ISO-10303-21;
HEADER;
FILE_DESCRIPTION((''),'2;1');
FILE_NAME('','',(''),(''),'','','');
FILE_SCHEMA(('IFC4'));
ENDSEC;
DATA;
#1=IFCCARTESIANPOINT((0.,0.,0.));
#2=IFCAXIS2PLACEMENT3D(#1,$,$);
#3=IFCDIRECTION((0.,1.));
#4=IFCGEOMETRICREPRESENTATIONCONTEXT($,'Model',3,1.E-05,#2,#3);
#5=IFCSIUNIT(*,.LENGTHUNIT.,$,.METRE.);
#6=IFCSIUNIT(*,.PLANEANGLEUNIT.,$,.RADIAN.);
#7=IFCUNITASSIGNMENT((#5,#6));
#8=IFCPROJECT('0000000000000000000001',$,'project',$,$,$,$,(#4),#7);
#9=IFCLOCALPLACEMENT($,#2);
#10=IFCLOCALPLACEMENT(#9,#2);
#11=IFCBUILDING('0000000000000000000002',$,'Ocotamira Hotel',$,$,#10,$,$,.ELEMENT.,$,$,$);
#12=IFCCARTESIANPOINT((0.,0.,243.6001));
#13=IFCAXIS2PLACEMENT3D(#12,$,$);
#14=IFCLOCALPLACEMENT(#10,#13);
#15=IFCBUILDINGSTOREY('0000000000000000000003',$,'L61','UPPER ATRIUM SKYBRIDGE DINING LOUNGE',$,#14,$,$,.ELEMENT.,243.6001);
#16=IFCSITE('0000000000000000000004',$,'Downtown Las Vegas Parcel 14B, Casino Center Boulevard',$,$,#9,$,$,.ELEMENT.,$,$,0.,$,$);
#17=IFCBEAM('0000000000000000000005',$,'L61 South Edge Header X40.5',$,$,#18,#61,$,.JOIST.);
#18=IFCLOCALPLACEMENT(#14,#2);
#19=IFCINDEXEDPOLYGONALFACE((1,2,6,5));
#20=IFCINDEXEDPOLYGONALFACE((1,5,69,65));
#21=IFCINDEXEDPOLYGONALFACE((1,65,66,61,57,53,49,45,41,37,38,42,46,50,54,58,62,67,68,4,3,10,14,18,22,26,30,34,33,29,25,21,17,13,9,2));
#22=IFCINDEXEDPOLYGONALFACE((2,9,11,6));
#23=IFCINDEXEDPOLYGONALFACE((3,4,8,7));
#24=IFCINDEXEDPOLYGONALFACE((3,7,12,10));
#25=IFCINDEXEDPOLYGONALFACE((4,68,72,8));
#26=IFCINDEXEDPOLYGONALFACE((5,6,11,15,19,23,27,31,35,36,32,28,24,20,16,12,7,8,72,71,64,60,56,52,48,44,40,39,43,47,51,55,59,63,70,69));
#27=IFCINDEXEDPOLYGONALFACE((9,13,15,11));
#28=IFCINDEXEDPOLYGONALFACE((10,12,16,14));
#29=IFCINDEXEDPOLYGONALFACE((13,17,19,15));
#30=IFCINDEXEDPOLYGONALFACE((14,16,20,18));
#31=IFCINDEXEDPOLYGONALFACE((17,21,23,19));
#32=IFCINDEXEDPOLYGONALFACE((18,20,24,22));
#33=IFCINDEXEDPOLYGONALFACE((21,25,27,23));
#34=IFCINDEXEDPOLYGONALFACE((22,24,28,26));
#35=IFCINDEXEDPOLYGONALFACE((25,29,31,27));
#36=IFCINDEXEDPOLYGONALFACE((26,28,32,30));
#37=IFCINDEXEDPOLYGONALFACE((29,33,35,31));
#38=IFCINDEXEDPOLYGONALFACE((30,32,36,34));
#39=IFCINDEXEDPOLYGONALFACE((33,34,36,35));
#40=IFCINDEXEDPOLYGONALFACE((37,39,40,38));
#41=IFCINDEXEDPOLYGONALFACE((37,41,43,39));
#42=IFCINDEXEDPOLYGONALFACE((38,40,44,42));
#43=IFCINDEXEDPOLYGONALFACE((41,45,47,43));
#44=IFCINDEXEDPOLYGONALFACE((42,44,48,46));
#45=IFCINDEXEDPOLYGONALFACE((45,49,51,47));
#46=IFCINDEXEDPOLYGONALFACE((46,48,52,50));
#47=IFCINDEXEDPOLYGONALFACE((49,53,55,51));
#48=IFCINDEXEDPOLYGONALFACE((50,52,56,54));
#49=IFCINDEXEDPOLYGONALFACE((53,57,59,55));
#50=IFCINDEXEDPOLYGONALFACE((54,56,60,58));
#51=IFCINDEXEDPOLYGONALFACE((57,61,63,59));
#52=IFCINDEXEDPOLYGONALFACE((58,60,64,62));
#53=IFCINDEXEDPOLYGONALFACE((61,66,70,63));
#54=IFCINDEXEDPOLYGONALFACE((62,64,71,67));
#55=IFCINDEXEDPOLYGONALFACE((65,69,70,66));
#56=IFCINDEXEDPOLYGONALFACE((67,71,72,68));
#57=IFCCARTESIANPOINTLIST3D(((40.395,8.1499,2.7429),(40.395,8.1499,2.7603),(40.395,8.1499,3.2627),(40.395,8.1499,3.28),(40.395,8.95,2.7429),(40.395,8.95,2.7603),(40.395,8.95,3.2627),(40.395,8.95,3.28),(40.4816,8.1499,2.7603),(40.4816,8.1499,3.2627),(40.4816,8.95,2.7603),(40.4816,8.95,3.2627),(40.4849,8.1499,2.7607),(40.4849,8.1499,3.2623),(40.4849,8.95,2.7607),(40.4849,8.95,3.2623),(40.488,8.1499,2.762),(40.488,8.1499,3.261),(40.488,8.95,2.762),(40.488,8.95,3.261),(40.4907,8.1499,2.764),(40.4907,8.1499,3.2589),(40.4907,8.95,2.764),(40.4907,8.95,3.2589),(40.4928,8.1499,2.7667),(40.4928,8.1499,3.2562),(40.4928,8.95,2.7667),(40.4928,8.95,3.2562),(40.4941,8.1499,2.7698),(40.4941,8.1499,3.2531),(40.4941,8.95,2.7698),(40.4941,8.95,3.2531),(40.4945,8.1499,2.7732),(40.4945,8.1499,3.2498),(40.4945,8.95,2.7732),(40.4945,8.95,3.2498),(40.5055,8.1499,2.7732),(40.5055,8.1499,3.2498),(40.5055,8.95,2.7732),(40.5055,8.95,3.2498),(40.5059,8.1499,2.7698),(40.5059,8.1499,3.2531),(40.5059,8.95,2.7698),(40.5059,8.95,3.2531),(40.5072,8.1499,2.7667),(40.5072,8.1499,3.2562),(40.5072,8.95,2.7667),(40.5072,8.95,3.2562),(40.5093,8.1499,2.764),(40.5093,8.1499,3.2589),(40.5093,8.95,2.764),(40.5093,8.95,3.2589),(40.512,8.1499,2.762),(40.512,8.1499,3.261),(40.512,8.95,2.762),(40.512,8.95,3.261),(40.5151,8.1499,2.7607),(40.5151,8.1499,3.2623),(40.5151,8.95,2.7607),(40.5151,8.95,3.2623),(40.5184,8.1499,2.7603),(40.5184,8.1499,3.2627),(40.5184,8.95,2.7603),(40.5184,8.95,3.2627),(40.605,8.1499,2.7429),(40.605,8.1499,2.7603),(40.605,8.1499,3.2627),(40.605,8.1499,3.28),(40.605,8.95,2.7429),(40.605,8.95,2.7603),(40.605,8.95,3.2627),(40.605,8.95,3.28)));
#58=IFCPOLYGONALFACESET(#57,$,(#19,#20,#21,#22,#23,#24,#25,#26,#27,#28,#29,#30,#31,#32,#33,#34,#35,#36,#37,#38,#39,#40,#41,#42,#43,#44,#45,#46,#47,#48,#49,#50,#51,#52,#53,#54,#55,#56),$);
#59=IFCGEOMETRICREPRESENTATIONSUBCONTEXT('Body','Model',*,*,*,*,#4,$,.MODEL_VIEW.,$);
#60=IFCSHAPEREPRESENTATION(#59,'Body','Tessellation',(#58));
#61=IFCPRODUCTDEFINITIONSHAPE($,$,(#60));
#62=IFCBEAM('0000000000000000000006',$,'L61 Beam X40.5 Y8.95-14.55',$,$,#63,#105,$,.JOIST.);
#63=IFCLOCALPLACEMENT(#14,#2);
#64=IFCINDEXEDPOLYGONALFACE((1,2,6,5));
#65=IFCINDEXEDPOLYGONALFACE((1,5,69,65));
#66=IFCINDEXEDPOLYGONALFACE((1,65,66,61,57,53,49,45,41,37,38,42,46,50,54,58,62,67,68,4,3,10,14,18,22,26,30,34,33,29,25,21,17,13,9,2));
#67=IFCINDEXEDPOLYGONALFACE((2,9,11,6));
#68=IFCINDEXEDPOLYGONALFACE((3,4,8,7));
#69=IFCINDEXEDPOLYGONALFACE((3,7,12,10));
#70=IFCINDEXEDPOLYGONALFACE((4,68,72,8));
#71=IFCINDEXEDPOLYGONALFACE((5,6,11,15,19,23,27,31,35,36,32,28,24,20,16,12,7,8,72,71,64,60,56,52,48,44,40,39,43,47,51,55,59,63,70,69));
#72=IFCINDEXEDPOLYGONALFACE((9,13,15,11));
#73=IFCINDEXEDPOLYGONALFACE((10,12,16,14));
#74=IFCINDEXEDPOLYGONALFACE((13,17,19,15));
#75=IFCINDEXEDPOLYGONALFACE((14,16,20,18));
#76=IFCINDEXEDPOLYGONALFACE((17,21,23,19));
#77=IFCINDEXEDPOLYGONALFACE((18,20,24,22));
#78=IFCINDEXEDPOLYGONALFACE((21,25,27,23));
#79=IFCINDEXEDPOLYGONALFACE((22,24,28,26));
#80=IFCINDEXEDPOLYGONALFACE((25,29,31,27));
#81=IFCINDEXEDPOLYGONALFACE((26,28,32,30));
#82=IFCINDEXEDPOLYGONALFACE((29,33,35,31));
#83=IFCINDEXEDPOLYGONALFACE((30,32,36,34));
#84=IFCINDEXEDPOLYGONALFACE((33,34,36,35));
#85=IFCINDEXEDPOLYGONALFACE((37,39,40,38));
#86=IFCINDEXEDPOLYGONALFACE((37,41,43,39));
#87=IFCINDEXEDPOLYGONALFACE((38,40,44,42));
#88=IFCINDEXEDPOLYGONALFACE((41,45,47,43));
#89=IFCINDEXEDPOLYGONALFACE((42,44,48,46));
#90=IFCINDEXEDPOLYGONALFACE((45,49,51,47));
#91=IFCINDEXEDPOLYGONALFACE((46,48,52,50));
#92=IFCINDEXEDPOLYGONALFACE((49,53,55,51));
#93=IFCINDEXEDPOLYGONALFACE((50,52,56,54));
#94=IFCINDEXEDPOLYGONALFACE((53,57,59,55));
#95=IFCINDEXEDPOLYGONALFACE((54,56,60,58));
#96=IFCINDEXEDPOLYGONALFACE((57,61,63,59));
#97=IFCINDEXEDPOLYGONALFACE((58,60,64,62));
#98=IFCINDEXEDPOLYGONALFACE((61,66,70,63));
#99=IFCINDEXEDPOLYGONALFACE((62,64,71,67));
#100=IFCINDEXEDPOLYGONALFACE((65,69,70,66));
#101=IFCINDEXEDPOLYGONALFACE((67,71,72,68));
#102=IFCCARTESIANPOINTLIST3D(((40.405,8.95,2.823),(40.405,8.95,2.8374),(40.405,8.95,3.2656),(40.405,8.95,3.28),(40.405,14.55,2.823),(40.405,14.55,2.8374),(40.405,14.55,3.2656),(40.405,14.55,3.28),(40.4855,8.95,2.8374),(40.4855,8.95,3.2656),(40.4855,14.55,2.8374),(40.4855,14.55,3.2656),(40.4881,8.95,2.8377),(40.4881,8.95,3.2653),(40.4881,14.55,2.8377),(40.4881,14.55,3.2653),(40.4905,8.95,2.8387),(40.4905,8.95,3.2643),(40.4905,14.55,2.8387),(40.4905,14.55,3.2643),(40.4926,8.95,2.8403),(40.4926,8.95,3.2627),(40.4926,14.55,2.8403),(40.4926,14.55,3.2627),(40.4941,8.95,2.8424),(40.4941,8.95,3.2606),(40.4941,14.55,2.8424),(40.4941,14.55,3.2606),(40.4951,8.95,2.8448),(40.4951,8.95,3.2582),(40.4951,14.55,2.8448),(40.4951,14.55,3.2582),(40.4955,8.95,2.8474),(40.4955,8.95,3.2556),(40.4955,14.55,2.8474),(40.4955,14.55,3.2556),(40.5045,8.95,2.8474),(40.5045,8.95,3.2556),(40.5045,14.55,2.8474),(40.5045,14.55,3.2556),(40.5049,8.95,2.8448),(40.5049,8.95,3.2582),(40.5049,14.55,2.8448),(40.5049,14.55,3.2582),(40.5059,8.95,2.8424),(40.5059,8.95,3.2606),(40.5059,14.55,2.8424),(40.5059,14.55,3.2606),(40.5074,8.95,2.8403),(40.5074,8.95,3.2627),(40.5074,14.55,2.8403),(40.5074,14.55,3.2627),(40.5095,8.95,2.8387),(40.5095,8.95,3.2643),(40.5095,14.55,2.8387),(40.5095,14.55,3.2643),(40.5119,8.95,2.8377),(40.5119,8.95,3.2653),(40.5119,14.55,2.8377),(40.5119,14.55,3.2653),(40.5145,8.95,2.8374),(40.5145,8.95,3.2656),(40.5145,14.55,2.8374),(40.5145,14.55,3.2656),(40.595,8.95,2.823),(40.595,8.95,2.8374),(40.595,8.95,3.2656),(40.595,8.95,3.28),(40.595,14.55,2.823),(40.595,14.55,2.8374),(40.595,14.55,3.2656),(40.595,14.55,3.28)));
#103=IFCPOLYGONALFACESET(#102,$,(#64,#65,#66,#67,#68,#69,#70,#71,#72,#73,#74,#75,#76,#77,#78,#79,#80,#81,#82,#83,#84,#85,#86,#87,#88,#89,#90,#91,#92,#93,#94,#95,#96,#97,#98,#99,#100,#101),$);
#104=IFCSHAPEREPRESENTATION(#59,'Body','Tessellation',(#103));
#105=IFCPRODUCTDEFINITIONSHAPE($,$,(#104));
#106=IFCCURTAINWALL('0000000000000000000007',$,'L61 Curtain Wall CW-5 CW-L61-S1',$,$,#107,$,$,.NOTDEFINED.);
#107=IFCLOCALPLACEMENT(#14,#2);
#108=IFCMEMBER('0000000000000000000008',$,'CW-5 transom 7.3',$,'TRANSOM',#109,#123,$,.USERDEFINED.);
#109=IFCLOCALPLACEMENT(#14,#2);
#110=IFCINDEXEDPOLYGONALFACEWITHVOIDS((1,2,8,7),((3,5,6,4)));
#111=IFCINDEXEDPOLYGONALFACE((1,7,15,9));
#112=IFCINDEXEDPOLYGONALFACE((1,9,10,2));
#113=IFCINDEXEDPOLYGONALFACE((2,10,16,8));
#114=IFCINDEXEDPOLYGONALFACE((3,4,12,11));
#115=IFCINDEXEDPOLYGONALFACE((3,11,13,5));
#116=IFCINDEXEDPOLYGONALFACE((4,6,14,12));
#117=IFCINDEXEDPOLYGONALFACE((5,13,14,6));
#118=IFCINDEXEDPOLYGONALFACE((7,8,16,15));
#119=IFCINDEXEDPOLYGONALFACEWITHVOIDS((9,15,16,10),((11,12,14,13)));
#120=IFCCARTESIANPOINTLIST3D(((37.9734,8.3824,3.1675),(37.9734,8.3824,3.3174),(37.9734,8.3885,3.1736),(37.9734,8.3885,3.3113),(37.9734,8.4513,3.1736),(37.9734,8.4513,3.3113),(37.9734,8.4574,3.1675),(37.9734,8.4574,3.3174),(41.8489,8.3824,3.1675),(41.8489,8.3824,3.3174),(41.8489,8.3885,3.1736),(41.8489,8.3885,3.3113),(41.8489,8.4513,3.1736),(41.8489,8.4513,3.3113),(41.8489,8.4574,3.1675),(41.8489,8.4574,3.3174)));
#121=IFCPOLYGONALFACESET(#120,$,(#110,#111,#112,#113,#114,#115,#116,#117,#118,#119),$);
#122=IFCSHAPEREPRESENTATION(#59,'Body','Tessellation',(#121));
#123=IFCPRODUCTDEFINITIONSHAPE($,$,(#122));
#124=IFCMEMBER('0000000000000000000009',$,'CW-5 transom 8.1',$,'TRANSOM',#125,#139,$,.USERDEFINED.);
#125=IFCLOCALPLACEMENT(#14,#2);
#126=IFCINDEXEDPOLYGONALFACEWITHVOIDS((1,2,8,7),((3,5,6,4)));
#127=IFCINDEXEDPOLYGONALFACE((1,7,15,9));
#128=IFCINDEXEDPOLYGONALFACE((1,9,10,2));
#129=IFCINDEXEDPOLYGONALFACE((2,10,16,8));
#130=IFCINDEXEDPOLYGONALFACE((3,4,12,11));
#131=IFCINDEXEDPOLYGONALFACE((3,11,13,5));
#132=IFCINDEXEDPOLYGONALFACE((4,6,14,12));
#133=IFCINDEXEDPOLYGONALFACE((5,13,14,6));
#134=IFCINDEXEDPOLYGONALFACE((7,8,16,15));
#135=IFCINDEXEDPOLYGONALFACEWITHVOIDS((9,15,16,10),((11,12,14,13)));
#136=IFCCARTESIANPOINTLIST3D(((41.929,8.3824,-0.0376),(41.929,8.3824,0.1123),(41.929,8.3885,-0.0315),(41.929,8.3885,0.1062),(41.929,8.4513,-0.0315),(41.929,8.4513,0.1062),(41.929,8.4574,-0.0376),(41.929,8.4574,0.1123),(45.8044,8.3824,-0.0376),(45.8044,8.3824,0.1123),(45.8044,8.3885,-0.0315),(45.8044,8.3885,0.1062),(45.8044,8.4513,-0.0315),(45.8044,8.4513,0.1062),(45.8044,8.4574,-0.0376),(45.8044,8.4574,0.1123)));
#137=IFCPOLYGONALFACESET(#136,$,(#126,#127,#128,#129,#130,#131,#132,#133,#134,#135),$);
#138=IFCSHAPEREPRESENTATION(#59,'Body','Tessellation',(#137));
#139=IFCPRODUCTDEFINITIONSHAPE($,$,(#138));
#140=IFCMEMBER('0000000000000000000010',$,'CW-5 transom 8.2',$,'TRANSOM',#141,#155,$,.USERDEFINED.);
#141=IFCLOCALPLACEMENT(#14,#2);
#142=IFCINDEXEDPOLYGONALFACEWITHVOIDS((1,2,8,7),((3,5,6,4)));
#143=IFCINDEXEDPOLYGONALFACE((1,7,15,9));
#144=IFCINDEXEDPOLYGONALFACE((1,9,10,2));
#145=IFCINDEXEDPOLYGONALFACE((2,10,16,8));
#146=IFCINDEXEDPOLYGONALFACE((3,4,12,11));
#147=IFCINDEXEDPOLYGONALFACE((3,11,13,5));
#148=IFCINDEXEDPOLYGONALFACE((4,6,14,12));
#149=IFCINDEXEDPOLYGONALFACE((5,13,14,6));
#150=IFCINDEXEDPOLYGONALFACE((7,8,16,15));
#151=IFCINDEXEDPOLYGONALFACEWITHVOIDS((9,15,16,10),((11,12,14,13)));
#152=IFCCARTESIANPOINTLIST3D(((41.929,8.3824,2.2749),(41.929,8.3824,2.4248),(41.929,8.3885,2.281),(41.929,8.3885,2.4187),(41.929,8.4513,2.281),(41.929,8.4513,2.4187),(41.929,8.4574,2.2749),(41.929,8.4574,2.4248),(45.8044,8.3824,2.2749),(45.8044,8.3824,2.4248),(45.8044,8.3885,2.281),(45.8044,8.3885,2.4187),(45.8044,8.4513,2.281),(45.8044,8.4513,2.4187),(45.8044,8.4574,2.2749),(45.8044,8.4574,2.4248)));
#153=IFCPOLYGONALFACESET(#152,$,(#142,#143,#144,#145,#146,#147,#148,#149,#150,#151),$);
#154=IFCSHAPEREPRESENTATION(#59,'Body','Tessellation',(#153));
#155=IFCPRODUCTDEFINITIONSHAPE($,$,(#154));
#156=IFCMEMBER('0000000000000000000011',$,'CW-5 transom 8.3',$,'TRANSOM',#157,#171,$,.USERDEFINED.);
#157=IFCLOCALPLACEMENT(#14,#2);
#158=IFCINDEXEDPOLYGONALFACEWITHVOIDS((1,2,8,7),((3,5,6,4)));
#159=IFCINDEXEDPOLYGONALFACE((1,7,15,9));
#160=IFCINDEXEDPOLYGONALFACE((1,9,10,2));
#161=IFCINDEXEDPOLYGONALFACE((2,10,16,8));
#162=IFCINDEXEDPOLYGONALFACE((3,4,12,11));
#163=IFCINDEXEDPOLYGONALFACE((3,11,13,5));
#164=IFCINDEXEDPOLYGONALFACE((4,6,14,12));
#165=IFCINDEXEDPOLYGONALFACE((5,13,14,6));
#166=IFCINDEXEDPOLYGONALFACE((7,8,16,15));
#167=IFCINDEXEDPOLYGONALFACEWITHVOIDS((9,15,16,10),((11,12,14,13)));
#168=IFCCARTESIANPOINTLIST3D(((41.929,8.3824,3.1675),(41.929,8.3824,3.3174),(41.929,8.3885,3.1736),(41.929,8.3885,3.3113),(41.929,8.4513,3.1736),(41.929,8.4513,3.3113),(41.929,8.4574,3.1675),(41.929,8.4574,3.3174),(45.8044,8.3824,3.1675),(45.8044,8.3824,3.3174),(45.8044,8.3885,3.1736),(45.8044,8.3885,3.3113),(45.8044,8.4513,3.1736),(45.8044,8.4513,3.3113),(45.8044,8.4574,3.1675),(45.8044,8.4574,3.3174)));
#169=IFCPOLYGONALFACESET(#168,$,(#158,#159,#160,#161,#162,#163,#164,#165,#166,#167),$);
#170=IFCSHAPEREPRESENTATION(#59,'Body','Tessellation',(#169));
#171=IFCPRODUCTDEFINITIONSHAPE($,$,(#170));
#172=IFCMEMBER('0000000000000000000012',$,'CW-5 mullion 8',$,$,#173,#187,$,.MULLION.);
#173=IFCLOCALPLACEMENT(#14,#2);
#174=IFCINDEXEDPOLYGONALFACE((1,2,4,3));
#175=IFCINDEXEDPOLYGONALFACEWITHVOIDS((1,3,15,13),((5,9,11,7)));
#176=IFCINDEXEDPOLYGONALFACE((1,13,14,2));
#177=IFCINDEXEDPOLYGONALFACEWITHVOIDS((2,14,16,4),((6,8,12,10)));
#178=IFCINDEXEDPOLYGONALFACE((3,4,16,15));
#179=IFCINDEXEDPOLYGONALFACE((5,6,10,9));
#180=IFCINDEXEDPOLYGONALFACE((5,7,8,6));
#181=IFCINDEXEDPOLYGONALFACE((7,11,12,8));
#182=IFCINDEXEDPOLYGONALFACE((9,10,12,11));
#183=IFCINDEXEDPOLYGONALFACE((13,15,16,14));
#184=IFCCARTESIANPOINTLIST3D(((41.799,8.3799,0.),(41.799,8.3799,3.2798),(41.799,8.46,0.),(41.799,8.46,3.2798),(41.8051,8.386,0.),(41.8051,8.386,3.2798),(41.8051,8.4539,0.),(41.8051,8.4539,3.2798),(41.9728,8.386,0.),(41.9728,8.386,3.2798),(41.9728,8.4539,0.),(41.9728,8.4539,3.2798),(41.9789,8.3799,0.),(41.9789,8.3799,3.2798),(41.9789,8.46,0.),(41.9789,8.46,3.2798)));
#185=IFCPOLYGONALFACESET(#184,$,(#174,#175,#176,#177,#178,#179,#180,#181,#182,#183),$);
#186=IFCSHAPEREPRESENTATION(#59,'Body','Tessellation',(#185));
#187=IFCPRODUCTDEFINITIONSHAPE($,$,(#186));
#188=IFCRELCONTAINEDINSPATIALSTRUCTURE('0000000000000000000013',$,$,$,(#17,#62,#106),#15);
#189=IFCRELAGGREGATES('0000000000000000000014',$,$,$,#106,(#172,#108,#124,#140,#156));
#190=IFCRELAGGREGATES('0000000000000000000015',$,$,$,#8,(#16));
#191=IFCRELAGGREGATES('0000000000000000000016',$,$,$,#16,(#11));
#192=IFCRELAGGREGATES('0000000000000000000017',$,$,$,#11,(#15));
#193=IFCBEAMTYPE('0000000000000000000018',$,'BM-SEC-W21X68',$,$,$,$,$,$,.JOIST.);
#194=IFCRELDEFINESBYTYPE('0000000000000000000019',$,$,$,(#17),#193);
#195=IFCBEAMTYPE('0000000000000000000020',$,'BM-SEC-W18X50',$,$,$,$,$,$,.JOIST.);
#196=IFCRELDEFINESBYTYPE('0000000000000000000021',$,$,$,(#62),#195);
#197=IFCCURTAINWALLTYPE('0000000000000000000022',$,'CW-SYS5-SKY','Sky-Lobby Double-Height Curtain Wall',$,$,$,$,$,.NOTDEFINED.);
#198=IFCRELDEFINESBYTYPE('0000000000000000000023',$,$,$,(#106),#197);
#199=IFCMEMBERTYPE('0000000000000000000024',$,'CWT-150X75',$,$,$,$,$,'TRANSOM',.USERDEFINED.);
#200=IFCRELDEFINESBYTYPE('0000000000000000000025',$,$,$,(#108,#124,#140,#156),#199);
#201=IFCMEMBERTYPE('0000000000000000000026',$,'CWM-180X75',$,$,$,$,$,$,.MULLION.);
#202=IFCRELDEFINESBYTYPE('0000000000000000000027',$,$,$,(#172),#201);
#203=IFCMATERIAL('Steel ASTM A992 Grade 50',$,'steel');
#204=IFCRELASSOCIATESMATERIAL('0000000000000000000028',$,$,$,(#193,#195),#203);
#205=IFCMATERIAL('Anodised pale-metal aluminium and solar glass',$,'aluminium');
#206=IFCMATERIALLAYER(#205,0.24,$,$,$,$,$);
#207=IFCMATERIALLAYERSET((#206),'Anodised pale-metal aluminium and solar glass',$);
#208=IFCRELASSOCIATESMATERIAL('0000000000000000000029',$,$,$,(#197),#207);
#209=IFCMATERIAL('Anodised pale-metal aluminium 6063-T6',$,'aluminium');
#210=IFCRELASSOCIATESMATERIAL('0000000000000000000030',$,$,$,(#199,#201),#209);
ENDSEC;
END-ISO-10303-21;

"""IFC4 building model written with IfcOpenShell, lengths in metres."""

from ifc_helpers import new_model, si_unit, direction, frame, origin, origin_2d, place, context, subcontext, project, spatial, hollow_rectangle, i_section, extrude, source, transform, mapped, material, layer, layer_set, material_profile, profile_set, type_object, element, aggregate, save


model = new_model("IFC4")

# Units and contexts
model_context = context("Model", 3, precision=1e-05, world=origin(), true_north=direction((0.0, 1.0)))
body_context = subcontext(model_context, "Body", "Model", "MODEL_VIEW")
ifc_project = project(units=[si_unit("LENGTHUNIT", "METRE"), si_unit("PLANEANGLEUNIT", "RADIAN")], contexts=[model_context])

# Site, building, storey
site_placement = place(None, origin())
site = spatial("IfcSite", under=ifc_project, at=site_placement, Name="Downtown Las Vegas Parcel 14B, Casino Center Boulevard", CompositionType="ELEMENT", RefElevation=0.0)
building_placement = place(site_placement, origin())
building = spatial("IfcBuilding", under=site, at=building_placement, Name="Ocotamira Hotel", CompositionType="ELEMENT")
storey_placement = place(building_placement, frame((0.0, 0.0, 243.6001)))
storey = spatial("IfcBuildingStorey", under=building, at=storey_placement, Name="L61", Description="UPPER ATRIUM SKYBRIDGE DINING LOUNGE", CompositionType="ELEMENT", Elevation=243.6001)

# Shared definitions
ifc_material_1 = material(Name="Steel ASTM A992 Grade 50", Category="steel")

# Beams
ifc_material_profile_1 = material_profile(ifc_material_1, i_section(OverallWidth=0.21, OverallDepth=0.5371, WebThickness=0.011, FlangeThickness=0.0173, FilletRadius=0.0129, at=origin_2d()), Name="W21X68")
ifc_profile_set_1 = profile_set([ifc_material_profile_1], Name="Steel ASTM A992 Grade 50")
beam_type_1 = type_object("IfcBeamType", Name="BM-SEC-W21X68", PredefinedType="JOIST", material=ifc_profile_set_1)
shared_shape_1 = source(origin(), body_context, "Body", "SweptSolid", [
    extrude(i_section(OverallWidth=0.21, OverallDepth=0.5371, WebThickness=0.011, FlangeThickness=0.0173, FilletRadius=0.0129, at=origin_2d()), origin(), (0.0, 0.0, 1.0), 0.8),
])
beam_1_placement = place(storey_placement, frame((40.5, 8.95, 3.0115), z_axis=(0.0, -1.0, 0.0), x_axis=(1.0, 0.0, 0.0)))
element("IfcBeam", 1, at=beam_1_placement, inside=storey, type_object=beam_type_1, Name="L61 South Edge Header X40.5", PredefinedType="JOIST", context=body_context, shape_type="MappedRepresentation", body=[
    mapped(shared_shape_1, transform((0.0, 0.0, 0.0), scale=1.0)),
])
ifc_material_profile_2 = material_profile(ifc_material_1, i_section(OverallWidth=0.1899, OverallDepth=0.457, WebThickness=0.009, FlangeThickness=0.0144, FilletRadius=0.01, at=origin_2d()), Name="W18X50")
ifc_profile_set_2 = profile_set([ifc_material_profile_2], Name="Steel ASTM A992 Grade 50")
beam_type_2 = type_object("IfcBeamType", Name="BM-SEC-W18X50", PredefinedType="JOIST", material=ifc_profile_set_2)
shared_shape_2 = source(origin(), body_context, "Body", "SweptSolid", [
    extrude(i_section(OverallWidth=0.1899, OverallDepth=0.457, WebThickness=0.009, FlangeThickness=0.0144, FilletRadius=0.01, at=origin_2d()), origin(), (0.0, 0.0, 1.0), 5.6001),
])
beam_2_placement = place(storey_placement, frame((40.5, 8.95, 3.0515), z_axis=(0.0, 1.0, 0.0), x_axis=(-1.0, 0.0, 0.0)))
element("IfcBeam", 2, at=beam_2_placement, inside=storey, type_object=beam_type_2, Name="L61 Beam X40.5 Y8.95-14.55", PredefinedType="JOIST", context=body_context, shape_type="MappedRepresentation", body=[
    mapped(shared_shape_2, transform((0.0, 0.0, 0.0), scale=1.0)),
])

# Curtain wall, members
ifc_material_2 = material(Name="Anodised pale-metal aluminium and solar glass", Category="aluminium")
ifc_layer_1 = layer(ifc_material_2, 0.24)
ifc_layer_set_1 = layer_set([ifc_layer_1], Name="Anodised pale-metal aluminium and solar glass")
curtain_wall_type = type_object("IfcCurtainWallType", Name="CW-SYS5-SKY", Description="Sky-Lobby Double-Height Curtain Wall", PredefinedType="NOTDEFINED", material=ifc_layer_set_1)
curtain_wall_placement = place(storey_placement, origin())
curtain_wall = element("IfcCurtainWall", 3, at=curtain_wall_placement, inside=storey, type_object=curtain_wall_type, Name="L61 Curtain Wall CW-5 CW-L61-S1", PredefinedType="NOTDEFINED")
ifc_material_3 = material(Name="Anodised pale-metal aluminium 6063-T6", Category="aluminium")
ifc_material_profile_3 = material_profile(ifc_material_3, hollow_rectangle(XDim=0.075, YDim=0.1499, WallThickness=0.0061, at=origin_2d()), Name="HSS150X75X6")
ifc_profile_set_3 = profile_set([ifc_material_profile_3], Name="Anodised pale-metal aluminium 6063-T6")
member_type_1 = type_object("IfcMemberType", Name="CWT-150X75", ElementType="TRANSOM", PredefinedType="USERDEFINED", material=ifc_profile_set_3)
shared_shape_3 = source(origin(), body_context, "Body", "SweptSolid", [
    extrude(hollow_rectangle(XDim=0.075, YDim=0.1499, WallThickness=0.0061, at=origin_2d()), origin(), (0.0, 0.0, 1.0), 3.8755),
])
member_1_placement = place(storey_placement, frame((37.9734, 8.4199, 3.2424), z_axis=(1.0, 0.0, 0.0), x_axis=(0.0, 1.0, 0.0)))
member_1 = element("IfcMember", 4, at=member_1_placement, type_object=member_type_1, Name="CW-5 transom 7.3", ObjectType="TRANSOM", PredefinedType="USERDEFINED", context=body_context, shape_type="MappedRepresentation", body=[
    mapped(shared_shape_3, transform((0.0, 0.0, 0.0), scale=1.0)),
])
member_2_placement = place(storey_placement, frame((41.929, 8.4199, 0.0374), z_axis=(1.0, 0.0, 0.0), x_axis=(0.0, 1.0, 0.0)))
member_2 = element("IfcMember", 5, at=member_2_placement, type_object=member_type_1, Name="CW-5 transom 8.1", ObjectType="TRANSOM", PredefinedType="USERDEFINED", context=body_context, shape_type="MappedRepresentation", body=[
    mapped(shared_shape_3, transform((0.0, 0.0, 0.0), scale=1.0)),
])
member_3_placement = place(storey_placement, frame((41.929, 8.4199, 2.3499), z_axis=(1.0, 0.0, 0.0), x_axis=(0.0, 1.0, 0.0)))
member_3 = element("IfcMember", 6, at=member_3_placement, type_object=member_type_1, Name="CW-5 transom 8.2", ObjectType="TRANSOM", PredefinedType="USERDEFINED", context=body_context, shape_type="MappedRepresentation", body=[
    mapped(shared_shape_3, transform((0.0, 0.0, 0.0), scale=1.0)),
])
member_4_placement = place(storey_placement, frame((41.929, 8.4199, 3.2424), z_axis=(1.0, 0.0, 0.0), x_axis=(0.0, 1.0, 0.0)))
member_4 = element("IfcMember", 7, at=member_4_placement, type_object=member_type_1, Name="CW-5 transom 8.3", ObjectType="TRANSOM", PredefinedType="USERDEFINED", context=body_context, shape_type="MappedRepresentation", body=[
    mapped(shared_shape_3, transform((0.0, 0.0, 0.0), scale=1.0)),
])
ifc_material_profile_4 = material_profile(ifc_material_3, hollow_rectangle(XDim=0.0801, YDim=0.1799, WallThickness=0.0061, at=origin_2d()), Name="HSS180X80X6")
ifc_profile_set_4 = profile_set([ifc_material_profile_4], Name="Anodised pale-metal aluminium 6063-T6")
member_type_2 = type_object("IfcMemberType", Name="CWM-180X75", PredefinedType="MULLION", material=ifc_profile_set_4)
shared_shape_4 = source(origin(), body_context, "Body", "SweptSolid", [
    extrude(hollow_rectangle(XDim=0.0801, YDim=0.1799, WallThickness=0.0061, at=origin_2d()), origin(), (0.0, 0.0, 1.0), 3.2798),
])
member_5_placement = place(storey_placement, frame((41.8889, 8.4199, 0.0), z_axis=(0.0, 0.0, 1.0), x_axis=(0.0, 1.0, 0.0)))
member_5 = element("IfcMember", 8, at=member_5_placement, type_object=member_type_2, Name="CW-5 mullion 8", PredefinedType="MULLION", context=body_context, shape_type="MappedRepresentation", body=[
    mapped(shared_shape_4, transform((0.0, 0.0, 0.0), scale=1.0)),
])
aggregate(curtain_wall, [member_5, member_1, member_2, member_3, member_4])

save(model, "model.ifc")
